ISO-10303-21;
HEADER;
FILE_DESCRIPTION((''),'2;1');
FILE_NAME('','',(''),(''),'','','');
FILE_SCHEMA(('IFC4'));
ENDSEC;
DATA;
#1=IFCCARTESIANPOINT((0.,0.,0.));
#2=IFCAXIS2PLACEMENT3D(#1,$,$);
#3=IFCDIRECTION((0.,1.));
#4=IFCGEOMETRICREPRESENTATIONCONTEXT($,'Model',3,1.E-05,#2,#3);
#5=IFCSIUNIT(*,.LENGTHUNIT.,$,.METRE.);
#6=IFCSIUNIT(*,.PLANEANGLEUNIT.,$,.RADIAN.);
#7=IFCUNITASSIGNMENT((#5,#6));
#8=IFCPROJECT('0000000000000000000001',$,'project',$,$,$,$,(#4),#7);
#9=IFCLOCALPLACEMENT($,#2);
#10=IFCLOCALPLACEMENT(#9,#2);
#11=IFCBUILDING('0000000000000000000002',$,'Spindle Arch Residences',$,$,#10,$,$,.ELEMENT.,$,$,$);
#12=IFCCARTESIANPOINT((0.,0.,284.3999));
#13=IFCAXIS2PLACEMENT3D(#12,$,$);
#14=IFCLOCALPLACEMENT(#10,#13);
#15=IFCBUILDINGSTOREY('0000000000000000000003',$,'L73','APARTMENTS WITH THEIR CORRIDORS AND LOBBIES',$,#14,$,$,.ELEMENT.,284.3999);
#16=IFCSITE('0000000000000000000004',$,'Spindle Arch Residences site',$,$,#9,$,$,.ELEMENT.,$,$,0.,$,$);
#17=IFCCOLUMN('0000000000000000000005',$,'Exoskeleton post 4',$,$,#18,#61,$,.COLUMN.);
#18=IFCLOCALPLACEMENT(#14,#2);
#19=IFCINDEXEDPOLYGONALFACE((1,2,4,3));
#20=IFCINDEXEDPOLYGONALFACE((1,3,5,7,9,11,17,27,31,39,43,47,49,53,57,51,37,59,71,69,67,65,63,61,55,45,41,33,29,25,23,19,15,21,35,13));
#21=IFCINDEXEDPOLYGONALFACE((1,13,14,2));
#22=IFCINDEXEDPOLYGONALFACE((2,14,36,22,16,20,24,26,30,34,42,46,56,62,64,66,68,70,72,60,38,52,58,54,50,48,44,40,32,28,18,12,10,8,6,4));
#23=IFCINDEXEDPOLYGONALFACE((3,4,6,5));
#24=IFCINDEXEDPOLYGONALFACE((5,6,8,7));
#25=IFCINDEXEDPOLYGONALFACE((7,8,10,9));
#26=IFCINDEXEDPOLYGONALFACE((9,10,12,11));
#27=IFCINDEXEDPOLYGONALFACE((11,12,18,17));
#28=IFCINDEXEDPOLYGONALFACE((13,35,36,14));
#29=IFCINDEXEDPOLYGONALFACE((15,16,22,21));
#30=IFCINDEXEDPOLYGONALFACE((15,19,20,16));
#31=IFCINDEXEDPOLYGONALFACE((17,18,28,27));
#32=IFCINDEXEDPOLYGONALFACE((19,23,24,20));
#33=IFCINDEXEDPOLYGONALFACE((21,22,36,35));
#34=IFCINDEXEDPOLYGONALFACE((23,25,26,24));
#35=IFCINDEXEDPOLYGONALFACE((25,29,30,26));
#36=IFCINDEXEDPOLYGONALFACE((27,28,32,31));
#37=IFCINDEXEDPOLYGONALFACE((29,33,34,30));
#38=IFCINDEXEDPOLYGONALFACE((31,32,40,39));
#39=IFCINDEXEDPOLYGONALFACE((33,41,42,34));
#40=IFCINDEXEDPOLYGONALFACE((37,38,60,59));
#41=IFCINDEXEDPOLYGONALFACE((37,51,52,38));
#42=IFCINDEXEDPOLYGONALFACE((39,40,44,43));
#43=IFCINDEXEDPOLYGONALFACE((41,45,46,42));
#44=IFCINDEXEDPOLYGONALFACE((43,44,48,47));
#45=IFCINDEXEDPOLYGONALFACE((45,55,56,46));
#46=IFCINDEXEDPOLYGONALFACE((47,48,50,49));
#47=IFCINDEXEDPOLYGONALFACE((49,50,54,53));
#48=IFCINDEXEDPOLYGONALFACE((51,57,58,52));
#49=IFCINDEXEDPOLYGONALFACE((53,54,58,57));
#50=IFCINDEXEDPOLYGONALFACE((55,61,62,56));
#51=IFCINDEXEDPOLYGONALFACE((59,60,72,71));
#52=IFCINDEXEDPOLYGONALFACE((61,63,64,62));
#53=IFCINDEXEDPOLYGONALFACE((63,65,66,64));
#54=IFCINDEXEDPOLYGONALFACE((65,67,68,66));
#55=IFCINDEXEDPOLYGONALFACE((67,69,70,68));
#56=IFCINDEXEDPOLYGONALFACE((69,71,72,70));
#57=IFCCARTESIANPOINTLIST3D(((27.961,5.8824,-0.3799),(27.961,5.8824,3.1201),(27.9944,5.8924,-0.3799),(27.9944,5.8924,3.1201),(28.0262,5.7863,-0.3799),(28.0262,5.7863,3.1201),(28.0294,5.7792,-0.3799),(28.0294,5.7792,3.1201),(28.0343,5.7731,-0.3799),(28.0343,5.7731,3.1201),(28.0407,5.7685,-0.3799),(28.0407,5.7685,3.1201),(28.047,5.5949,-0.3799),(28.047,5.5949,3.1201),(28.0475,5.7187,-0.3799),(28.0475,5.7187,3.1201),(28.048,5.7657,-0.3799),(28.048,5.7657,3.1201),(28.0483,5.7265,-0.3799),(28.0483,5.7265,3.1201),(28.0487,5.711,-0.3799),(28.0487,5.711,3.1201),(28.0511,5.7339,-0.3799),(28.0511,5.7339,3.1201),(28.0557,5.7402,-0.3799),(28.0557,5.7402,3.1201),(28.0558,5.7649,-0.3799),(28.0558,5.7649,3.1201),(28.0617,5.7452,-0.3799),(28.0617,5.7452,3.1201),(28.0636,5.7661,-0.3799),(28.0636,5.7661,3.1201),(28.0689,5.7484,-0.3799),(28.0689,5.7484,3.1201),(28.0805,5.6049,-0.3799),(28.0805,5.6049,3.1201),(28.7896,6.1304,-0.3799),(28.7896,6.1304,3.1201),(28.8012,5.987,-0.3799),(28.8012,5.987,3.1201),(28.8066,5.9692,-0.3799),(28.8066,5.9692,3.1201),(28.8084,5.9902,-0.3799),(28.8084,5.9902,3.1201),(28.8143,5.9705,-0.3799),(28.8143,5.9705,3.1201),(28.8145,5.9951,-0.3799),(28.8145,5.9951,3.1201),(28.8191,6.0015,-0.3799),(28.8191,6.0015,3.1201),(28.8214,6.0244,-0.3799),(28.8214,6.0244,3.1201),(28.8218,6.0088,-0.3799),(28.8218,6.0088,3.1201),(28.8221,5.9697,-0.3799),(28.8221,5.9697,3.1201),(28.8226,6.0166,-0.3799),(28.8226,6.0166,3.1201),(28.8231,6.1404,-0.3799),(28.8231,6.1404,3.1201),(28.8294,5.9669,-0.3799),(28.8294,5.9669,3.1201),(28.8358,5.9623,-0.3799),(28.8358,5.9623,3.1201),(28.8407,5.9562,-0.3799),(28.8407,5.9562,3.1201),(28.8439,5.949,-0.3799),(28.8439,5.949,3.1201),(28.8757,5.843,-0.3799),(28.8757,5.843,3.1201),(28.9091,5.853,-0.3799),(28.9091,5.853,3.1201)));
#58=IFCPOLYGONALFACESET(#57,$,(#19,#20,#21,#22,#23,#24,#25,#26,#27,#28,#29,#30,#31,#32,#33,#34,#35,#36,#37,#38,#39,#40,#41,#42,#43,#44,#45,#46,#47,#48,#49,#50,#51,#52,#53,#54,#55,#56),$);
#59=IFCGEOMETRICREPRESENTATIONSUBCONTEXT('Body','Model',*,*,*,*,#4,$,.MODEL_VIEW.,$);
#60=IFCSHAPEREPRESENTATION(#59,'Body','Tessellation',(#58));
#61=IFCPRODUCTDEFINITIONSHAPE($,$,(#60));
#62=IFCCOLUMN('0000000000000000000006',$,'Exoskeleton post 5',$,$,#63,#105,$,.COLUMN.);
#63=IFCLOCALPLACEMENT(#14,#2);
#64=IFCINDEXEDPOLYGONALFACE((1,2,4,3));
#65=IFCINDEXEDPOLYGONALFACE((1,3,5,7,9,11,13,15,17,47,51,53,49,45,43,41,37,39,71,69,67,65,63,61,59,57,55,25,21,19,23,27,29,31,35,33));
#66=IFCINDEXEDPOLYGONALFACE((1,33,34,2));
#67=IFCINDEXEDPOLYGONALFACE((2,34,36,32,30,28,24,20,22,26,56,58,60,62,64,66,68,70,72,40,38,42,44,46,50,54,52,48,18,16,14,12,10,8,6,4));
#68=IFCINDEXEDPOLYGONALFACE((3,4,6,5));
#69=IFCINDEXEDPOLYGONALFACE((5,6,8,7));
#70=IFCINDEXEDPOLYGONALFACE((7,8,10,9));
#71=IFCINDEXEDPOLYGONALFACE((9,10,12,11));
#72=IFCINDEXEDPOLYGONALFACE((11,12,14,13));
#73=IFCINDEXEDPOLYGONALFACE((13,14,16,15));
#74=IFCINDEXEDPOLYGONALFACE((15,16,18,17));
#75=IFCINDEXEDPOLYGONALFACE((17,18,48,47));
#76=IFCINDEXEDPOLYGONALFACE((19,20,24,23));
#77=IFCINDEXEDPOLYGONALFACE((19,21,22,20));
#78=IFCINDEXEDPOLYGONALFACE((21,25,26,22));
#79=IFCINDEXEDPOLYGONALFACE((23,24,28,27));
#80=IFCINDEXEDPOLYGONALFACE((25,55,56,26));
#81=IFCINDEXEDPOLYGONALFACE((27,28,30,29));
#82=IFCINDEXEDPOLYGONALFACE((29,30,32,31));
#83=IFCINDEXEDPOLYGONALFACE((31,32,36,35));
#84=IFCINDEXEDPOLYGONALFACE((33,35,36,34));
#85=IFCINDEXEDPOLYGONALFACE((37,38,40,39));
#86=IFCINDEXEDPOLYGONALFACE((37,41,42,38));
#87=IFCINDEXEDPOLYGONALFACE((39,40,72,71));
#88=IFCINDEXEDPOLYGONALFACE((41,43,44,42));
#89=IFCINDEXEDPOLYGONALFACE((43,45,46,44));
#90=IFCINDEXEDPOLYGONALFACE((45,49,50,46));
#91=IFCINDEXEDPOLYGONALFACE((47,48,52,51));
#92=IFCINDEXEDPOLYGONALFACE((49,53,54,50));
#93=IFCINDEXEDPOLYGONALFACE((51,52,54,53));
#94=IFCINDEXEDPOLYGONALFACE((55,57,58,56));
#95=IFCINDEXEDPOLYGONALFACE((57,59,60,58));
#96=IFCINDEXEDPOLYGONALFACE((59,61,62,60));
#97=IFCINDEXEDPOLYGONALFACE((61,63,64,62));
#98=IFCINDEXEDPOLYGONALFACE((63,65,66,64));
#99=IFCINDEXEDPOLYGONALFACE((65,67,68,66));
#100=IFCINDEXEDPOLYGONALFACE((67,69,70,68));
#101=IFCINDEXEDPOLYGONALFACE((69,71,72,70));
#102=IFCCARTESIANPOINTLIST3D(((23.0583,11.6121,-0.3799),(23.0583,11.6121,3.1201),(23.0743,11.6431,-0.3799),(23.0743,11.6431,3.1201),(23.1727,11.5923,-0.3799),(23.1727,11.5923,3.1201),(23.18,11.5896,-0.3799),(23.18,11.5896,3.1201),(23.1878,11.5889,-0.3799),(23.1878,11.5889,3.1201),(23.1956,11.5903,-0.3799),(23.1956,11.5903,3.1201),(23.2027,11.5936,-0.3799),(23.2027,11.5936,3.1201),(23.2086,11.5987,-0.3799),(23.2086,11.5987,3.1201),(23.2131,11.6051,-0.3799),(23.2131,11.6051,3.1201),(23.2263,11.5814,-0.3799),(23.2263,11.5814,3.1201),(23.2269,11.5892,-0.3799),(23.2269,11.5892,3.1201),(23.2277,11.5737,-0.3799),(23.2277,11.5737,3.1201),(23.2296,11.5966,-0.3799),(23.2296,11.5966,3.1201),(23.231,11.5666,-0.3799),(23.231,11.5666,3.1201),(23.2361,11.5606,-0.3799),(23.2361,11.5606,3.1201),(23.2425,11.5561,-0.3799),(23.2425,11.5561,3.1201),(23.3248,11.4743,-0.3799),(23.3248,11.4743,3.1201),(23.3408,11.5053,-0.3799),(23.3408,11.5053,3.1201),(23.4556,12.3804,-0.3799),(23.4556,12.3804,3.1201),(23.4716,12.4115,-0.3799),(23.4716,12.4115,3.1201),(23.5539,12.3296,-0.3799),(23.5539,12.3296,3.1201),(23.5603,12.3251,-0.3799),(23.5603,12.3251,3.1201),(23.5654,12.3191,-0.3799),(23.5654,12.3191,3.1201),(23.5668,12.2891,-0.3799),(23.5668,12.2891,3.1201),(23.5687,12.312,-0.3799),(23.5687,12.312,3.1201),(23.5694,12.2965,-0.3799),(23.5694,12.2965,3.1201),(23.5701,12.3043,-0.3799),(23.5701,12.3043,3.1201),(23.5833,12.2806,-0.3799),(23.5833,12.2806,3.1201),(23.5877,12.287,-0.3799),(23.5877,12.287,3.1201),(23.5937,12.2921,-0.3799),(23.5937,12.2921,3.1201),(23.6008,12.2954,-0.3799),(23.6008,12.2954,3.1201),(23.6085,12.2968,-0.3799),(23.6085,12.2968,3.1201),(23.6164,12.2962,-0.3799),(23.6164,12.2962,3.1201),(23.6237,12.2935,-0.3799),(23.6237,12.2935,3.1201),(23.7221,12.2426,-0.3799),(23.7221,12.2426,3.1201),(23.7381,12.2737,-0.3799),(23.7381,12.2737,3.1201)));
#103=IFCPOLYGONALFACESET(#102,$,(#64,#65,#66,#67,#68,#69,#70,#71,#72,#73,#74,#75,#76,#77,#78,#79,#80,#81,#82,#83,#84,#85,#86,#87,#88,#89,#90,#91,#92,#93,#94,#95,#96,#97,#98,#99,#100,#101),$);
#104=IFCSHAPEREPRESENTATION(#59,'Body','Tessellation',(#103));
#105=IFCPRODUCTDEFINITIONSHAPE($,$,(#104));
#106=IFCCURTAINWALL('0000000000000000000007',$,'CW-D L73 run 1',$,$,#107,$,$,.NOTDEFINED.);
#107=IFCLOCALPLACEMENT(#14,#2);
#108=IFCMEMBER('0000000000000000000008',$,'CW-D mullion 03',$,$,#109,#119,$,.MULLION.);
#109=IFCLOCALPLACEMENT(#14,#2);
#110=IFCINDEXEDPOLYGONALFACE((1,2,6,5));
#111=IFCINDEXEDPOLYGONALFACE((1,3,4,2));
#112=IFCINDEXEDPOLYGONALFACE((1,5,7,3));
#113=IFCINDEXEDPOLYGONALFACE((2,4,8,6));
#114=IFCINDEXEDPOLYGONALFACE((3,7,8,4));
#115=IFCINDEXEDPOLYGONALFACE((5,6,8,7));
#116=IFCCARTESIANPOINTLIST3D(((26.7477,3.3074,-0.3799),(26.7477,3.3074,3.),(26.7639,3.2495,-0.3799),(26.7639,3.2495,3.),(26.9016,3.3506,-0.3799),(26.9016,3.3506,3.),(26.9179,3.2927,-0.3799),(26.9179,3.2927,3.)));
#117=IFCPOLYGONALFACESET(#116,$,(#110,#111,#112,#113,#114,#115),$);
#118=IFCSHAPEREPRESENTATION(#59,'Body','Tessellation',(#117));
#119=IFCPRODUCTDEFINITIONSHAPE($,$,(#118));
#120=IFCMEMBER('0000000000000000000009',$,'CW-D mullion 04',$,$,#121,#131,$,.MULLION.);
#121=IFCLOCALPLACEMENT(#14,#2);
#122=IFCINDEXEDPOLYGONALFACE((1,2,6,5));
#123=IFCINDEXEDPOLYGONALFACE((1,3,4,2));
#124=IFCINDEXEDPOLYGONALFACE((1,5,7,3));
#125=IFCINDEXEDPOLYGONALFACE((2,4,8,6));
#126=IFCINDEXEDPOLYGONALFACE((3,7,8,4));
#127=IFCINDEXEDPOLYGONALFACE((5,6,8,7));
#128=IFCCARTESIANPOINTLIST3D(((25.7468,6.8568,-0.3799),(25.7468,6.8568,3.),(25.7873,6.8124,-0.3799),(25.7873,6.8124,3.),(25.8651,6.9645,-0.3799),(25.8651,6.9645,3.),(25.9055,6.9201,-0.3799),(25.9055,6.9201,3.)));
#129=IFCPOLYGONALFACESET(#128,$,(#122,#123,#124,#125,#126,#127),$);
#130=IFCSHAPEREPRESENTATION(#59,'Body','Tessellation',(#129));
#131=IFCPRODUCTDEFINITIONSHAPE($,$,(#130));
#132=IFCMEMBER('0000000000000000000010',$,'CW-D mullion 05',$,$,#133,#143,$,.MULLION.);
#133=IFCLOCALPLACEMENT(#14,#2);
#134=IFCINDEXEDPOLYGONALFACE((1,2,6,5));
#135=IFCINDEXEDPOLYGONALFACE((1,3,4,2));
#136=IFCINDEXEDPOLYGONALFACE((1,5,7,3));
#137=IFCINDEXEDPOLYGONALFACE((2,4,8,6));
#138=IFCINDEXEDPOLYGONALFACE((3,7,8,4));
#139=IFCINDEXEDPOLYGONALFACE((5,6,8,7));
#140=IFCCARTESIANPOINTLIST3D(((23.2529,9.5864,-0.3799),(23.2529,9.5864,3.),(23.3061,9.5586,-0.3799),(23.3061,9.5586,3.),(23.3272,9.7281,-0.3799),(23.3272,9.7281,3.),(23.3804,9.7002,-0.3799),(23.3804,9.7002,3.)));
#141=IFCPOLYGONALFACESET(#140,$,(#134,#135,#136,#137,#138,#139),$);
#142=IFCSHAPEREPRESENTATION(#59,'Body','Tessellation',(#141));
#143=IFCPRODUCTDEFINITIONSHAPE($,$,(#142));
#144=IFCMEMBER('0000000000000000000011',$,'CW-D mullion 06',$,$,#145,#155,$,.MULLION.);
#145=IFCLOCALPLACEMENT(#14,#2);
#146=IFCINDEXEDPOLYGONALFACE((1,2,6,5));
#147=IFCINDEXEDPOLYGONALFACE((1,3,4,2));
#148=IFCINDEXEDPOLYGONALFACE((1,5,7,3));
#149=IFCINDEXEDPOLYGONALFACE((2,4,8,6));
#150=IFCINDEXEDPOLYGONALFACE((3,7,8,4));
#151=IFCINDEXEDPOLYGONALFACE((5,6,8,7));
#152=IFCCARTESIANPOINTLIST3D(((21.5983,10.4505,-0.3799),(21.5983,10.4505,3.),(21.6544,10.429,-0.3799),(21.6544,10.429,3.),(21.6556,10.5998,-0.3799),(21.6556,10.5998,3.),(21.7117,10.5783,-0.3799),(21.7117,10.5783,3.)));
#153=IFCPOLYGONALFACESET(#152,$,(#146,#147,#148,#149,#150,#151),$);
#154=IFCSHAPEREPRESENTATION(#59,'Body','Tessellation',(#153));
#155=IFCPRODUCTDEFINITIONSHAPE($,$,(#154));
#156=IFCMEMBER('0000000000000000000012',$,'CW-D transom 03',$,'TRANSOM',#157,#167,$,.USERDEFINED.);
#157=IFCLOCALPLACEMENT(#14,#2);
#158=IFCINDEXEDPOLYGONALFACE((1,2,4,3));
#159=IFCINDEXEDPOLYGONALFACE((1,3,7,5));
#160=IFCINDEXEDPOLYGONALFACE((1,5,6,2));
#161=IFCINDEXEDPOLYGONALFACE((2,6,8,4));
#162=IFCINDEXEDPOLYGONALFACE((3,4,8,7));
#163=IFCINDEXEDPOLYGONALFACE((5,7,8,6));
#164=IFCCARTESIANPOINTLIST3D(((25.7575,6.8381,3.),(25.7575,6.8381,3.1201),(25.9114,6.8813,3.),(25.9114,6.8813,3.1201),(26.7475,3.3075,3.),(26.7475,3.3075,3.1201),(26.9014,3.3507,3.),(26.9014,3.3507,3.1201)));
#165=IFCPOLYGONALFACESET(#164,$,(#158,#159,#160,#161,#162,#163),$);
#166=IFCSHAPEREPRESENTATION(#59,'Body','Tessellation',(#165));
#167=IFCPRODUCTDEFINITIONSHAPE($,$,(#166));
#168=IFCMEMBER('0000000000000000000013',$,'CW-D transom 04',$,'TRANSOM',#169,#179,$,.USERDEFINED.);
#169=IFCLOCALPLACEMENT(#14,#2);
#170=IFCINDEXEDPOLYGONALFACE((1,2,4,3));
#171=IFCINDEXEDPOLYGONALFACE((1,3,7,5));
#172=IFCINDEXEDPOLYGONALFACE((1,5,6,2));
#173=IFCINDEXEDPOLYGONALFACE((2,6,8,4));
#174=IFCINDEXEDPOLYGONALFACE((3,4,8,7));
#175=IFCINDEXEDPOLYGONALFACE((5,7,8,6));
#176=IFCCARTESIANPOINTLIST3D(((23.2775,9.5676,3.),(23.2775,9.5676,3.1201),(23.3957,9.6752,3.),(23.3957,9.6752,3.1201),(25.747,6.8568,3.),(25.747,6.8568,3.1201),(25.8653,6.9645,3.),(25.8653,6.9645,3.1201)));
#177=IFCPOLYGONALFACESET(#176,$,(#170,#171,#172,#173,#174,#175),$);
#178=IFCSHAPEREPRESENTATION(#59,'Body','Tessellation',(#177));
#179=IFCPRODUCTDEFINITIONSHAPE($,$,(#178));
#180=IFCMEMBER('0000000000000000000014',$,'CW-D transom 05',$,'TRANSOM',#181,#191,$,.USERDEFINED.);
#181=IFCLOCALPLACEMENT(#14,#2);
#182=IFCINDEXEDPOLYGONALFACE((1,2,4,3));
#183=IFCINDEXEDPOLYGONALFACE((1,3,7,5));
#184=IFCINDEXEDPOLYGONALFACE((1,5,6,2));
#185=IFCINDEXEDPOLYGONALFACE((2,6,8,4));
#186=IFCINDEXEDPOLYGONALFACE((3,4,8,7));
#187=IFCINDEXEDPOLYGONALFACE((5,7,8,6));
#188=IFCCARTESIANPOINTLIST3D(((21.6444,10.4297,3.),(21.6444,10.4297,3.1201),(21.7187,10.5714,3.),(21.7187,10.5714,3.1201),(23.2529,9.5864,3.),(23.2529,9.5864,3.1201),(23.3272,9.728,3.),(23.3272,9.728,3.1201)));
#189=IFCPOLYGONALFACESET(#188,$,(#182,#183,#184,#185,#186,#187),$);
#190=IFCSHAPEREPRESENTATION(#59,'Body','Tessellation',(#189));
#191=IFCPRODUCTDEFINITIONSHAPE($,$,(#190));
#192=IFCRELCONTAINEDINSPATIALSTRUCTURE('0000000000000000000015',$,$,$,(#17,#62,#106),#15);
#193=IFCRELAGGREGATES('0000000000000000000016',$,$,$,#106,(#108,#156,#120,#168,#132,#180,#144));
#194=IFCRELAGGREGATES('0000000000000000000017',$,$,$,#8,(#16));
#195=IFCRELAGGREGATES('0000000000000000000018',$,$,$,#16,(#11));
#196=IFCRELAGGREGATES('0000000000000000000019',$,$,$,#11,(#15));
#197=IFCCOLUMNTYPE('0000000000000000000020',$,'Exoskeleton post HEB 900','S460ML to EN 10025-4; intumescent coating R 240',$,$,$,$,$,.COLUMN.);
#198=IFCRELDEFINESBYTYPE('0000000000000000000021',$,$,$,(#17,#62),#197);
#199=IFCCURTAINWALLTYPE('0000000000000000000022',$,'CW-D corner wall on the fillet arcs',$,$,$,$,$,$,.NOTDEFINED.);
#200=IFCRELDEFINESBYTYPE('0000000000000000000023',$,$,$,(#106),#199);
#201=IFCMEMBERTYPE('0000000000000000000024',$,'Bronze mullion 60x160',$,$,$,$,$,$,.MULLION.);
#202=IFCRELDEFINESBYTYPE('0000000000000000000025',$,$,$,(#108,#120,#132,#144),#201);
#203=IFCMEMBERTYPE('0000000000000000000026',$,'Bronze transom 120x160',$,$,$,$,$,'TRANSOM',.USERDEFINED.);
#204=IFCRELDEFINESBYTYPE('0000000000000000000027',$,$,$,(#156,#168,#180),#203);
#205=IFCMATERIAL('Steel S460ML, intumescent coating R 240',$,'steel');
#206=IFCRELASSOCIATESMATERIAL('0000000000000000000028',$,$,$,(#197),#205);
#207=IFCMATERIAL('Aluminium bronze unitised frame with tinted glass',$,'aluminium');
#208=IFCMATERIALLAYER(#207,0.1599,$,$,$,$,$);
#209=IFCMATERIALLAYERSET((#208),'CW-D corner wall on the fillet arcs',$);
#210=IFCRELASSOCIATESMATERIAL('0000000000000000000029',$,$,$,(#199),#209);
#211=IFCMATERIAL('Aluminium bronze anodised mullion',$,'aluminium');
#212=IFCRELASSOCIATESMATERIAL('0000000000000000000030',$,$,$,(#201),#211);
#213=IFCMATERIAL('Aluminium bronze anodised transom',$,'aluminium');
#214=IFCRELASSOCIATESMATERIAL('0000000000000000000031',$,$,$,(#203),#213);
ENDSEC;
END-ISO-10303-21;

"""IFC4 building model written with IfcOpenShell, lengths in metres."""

from ifc_helpers import new_model, si_unit, direction, frame, origin, origin_2d, place, context, subcontext, project, spatial, rectangle, i_section, extrude, material, layer, layer_set, material_profile, profile_set, type_object, element, aggregate, save


model = new_model("IFC4")

# Units and contexts
model_context = context("Model", 3, precision=1e-05, world=origin(), true_north=direction((0.0, 1.0)))
body_context = subcontext(model_context, "Body", "Model", "MODEL_VIEW")
ifc_project = project(units=[si_unit("LENGTHUNIT", "METRE"), si_unit("PLANEANGLEUNIT", "RADIAN")], contexts=[model_context])

# Site, building, storey
site_placement = place(None, origin())
site = spatial("IfcSite", under=ifc_project, at=site_placement, Name="Spindle Arch Residences site", CompositionType="ELEMENT", RefElevation=0.0)
building_placement = place(site_placement, origin())
building = spatial("IfcBuilding", under=site, at=building_placement, Name="Spindle Arch Residences", CompositionType="ELEMENT")
storey_placement = place(building_placement, frame((0.0, 0.0, 284.3999)))
storey = spatial("IfcBuildingStorey", under=building, at=storey_placement, Name="L73", Description="APARTMENTS WITH THEIR CORRIDORS AND LOBBIES", CompositionType="ELEMENT", Elevation=284.3999)

# Columns
ifc_material_1 = material(Name="Steel S460ML, intumescent coating R 240", Category="steel")
ifc_material_profile_1 = material_profile(ifc_material_1, i_section(OverallWidth=0.3, OverallDepth=0.8999, WebThickness=0.0186, FlangeThickness=0.0349, FilletRadius=0.03, at=origin_2d()), Name="HEB 900")
ifc_profile_set_1 = profile_set([ifc_material_profile_1], Name="Steel S460ML, intumescent coating R 240")
column_type = type_object("IfcColumnType", Name="Exoskeleton post HEB 900", Description="S460ML to EN 10025-4; intumescent coating R 240", PredefinedType="COLUMN", material=ifc_profile_set_1)
for number, where, z_axis, x_axis, name in (
    (1, (28.4351, 5.8677, -0.3799), (0.0, 0.0, 1.0), (0.286784, -0.957995, 0.0), "Exoskeleton post 4"),
    (2, (23.3982, 11.9429, -0.3799), (0.0, 0.0, 1.0), (0.888286, -0.459291, 0.0), "Exoskeleton post 5"),
):
    element("IfcColumn", number, at=place(storey_placement, frame(where, z_axis=z_axis, x_axis=x_axis)), inside=storey, type_object=column_type, Name=name, PredefinedType="COLUMN", context=body_context, shape_type="SweptSolid", body=[
        extrude(i_section(OverallWidth=0.3, OverallDepth=0.8999, WebThickness=0.0186, FlangeThickness=0.0349, FilletRadius=0.03, at=origin_2d()), origin(), (0.0, 0.0, 1.0), 3.5),
    ])

# Curtain wall, members
ifc_material_2 = material(Name="Aluminium bronze unitised frame with tinted glass", Category="aluminium")
ifc_layer_1 = layer(ifc_material_2, 0.1599)
ifc_layer_set_1 = layer_set([ifc_layer_1], Name="CW-D corner wall on the fillet arcs")
curtain_wall_type = type_object("IfcCurtainWallType", Name="CW-D corner wall on the fillet arcs", PredefinedType="NOTDEFINED", material=ifc_layer_set_1)
curtain_wall_placement = place(storey_placement, origin())
curtain_wall = element("IfcCurtainWall", 3, at=curtain_wall_placement, inside=storey, type_object=curtain_wall_type, Name="CW-D L73 run 1", PredefinedType="NOTDEFINED")
ifc_material_3 = material(Name="Aluminium bronze anodised mullion", Category="aluminium")
ifc_material_profile_2 = material_profile(ifc_material_3, rectangle(XDim=0.1599, YDim=0.0601, at=origin_2d()), Name="MU 60x160")
ifc_profile_set_2 = profile_set([ifc_material_profile_2], Name="Aluminium bronze anodised mullion")
member_type_1 = type_object("IfcMemberType", Name="Bronze mullion 60x160", PredefinedType="MULLION", material=ifc_profile_set_2)
member_1_placement = place(storey_placement, frame((26.8328, 3.3, -0.3799), z_axis=(0.0, 0.0, 1.0), x_axis=(-0.962849, -0.27004, 0.0)))
member_1 = element("IfcMember", 4, at=member_1_placement, type_object=member_type_1, Name="CW-D mullion 03", PredefinedType="MULLION", context=body_context, shape_type="SweptSolid", body=[
    extrude(rectangle(XDim=0.1599, YDim=0.0601, at=origin_2d()), origin(), (0.0, 0.0, 1.0), 3.3799),
])
member_2_placement = place(storey_placement, frame((25.8262, 6.8884, -0.3799), z_axis=(0.0, 0.0, 1.0), x_axis=(-0.739239, -0.673443, 0.0)))
member_2 = element("IfcMember", 5, at=member_2_placement, type_object=member_type_1, Name="CW-D mullion 04", PredefinedType="MULLION", context=body_context, shape_type="SweptSolid", body=[
    extrude(rectangle(XDim=0.1599, YDim=0.0601, at=origin_2d()), origin(), (0.0, 0.0, 1.0), 3.3799),
])
member_3_placement = place(storey_placement, frame((23.3167, 9.6433, -0.3799), z_axis=(0.0, 0.0, 1.0), x_axis=(-0.464327, -0.885664, 0.0)))
member_3 = element("IfcMember", 6, at=member_3_placement, type_object=member_type_1, Name="CW-D mullion 05", PredefinedType="MULLION", context=body_context, shape_type="SweptSolid", body=[
    extrude(rectangle(XDim=0.1599, YDim=0.0601, at=origin_2d()), origin(), (0.0, 0.0, 1.0), 3.3799),
])
member_4_placement = place(storey_placement, frame((21.655, 10.5144, -0.3799), z_axis=(0.0, 0.0, 1.0), x_axis=(-0.358368, -0.93358, 0.0)))
member_4 = element("IfcMember", 7, at=member_4_placement, type_object=member_type_1, Name="CW-D mullion 06", PredefinedType="MULLION", context=body_context, shape_type="SweptSolid", body=[
    extrude(rectangle(XDim=0.1599, YDim=0.0601, at=origin_2d()), origin(), (0.0, 0.0, 1.0), 3.3799),
])
ifc_material_4 = material(Name="Aluminium bronze anodised transom", Category="aluminium")
ifc_material_profile_3 = material_profile(ifc_material_4, rectangle(XDim=0.1599, YDim=0.1201, at=origin_2d()), Name="TR 120x160")
ifc_profile_set_3 = profile_set([ifc_material_profile_3], Name="Aluminium bronze anodised transom")
member_type_2 = type_object("IfcMemberType", Name="Bronze transom 120x160", ElementType="TRANSOM", PredefinedType="USERDEFINED", material=ifc_profile_set_3)
member_5_placement = place(storey_placement, frame((26.8245, 3.3291, 3.0601), z_axis=(-0.269995, 0.962862, 0.0), x_axis=(-0.962862, -0.269995, 0.0)))
member_5 = element("IfcMember", 8, at=member_5_placement, type_object=member_type_2, Name="CW-D transom 03", ObjectType="TRANSOM", PredefinedType="USERDEFINED", context=body_context, shape_type="SweptSolid", body=[
    extrude(rectangle(XDim=0.1599, YDim=0.1201, at=origin_2d()), origin(), (0.0, 0.0, 1.0), 3.6667),
])
member_6_placement = place(storey_placement, frame((25.8062, 6.9106, 3.0601), z_axis=(-0.673451, 0.739232, 0.0), x_axis=(-0.739232, -0.673451, 0.0)))
member_6 = element("IfcMember", 9, at=member_6_placement, type_object=member_type_2, Name="CW-D transom 04", ObjectType="TRANSOM", PredefinedType="USERDEFINED", context=body_context, shape_type="SweptSolid", body=[
    extrude(rectangle(XDim=0.1599, YDim=0.1201, at=origin_2d()), origin(), (0.0, 0.0, 1.0), 3.667),
])
member_7_placement = place(storey_placement, frame((23.29, 9.6572, 3.0601), z_axis=(-0.885658, 0.464339, 0.0), x_axis=(-0.464339, -0.885658, 0.0)))
member_7 = element("IfcMember", 10, at=member_7_placement, type_object=member_type_2, Name="CW-D transom 05", ObjectType="TRANSOM", PredefinedType="USERDEFINED", context=body_context, shape_type="SweptSolid", body=[
    extrude(rectangle(XDim=0.1599, YDim=0.1201, at=origin_2d()), origin(), (0.0, 0.0, 1.0), 1.8162),
])

aggregate(curtain_wall, [member_1, member_5, member_2, member_6, member_3, member_7, member_4])

save(model, "model.ifc")
